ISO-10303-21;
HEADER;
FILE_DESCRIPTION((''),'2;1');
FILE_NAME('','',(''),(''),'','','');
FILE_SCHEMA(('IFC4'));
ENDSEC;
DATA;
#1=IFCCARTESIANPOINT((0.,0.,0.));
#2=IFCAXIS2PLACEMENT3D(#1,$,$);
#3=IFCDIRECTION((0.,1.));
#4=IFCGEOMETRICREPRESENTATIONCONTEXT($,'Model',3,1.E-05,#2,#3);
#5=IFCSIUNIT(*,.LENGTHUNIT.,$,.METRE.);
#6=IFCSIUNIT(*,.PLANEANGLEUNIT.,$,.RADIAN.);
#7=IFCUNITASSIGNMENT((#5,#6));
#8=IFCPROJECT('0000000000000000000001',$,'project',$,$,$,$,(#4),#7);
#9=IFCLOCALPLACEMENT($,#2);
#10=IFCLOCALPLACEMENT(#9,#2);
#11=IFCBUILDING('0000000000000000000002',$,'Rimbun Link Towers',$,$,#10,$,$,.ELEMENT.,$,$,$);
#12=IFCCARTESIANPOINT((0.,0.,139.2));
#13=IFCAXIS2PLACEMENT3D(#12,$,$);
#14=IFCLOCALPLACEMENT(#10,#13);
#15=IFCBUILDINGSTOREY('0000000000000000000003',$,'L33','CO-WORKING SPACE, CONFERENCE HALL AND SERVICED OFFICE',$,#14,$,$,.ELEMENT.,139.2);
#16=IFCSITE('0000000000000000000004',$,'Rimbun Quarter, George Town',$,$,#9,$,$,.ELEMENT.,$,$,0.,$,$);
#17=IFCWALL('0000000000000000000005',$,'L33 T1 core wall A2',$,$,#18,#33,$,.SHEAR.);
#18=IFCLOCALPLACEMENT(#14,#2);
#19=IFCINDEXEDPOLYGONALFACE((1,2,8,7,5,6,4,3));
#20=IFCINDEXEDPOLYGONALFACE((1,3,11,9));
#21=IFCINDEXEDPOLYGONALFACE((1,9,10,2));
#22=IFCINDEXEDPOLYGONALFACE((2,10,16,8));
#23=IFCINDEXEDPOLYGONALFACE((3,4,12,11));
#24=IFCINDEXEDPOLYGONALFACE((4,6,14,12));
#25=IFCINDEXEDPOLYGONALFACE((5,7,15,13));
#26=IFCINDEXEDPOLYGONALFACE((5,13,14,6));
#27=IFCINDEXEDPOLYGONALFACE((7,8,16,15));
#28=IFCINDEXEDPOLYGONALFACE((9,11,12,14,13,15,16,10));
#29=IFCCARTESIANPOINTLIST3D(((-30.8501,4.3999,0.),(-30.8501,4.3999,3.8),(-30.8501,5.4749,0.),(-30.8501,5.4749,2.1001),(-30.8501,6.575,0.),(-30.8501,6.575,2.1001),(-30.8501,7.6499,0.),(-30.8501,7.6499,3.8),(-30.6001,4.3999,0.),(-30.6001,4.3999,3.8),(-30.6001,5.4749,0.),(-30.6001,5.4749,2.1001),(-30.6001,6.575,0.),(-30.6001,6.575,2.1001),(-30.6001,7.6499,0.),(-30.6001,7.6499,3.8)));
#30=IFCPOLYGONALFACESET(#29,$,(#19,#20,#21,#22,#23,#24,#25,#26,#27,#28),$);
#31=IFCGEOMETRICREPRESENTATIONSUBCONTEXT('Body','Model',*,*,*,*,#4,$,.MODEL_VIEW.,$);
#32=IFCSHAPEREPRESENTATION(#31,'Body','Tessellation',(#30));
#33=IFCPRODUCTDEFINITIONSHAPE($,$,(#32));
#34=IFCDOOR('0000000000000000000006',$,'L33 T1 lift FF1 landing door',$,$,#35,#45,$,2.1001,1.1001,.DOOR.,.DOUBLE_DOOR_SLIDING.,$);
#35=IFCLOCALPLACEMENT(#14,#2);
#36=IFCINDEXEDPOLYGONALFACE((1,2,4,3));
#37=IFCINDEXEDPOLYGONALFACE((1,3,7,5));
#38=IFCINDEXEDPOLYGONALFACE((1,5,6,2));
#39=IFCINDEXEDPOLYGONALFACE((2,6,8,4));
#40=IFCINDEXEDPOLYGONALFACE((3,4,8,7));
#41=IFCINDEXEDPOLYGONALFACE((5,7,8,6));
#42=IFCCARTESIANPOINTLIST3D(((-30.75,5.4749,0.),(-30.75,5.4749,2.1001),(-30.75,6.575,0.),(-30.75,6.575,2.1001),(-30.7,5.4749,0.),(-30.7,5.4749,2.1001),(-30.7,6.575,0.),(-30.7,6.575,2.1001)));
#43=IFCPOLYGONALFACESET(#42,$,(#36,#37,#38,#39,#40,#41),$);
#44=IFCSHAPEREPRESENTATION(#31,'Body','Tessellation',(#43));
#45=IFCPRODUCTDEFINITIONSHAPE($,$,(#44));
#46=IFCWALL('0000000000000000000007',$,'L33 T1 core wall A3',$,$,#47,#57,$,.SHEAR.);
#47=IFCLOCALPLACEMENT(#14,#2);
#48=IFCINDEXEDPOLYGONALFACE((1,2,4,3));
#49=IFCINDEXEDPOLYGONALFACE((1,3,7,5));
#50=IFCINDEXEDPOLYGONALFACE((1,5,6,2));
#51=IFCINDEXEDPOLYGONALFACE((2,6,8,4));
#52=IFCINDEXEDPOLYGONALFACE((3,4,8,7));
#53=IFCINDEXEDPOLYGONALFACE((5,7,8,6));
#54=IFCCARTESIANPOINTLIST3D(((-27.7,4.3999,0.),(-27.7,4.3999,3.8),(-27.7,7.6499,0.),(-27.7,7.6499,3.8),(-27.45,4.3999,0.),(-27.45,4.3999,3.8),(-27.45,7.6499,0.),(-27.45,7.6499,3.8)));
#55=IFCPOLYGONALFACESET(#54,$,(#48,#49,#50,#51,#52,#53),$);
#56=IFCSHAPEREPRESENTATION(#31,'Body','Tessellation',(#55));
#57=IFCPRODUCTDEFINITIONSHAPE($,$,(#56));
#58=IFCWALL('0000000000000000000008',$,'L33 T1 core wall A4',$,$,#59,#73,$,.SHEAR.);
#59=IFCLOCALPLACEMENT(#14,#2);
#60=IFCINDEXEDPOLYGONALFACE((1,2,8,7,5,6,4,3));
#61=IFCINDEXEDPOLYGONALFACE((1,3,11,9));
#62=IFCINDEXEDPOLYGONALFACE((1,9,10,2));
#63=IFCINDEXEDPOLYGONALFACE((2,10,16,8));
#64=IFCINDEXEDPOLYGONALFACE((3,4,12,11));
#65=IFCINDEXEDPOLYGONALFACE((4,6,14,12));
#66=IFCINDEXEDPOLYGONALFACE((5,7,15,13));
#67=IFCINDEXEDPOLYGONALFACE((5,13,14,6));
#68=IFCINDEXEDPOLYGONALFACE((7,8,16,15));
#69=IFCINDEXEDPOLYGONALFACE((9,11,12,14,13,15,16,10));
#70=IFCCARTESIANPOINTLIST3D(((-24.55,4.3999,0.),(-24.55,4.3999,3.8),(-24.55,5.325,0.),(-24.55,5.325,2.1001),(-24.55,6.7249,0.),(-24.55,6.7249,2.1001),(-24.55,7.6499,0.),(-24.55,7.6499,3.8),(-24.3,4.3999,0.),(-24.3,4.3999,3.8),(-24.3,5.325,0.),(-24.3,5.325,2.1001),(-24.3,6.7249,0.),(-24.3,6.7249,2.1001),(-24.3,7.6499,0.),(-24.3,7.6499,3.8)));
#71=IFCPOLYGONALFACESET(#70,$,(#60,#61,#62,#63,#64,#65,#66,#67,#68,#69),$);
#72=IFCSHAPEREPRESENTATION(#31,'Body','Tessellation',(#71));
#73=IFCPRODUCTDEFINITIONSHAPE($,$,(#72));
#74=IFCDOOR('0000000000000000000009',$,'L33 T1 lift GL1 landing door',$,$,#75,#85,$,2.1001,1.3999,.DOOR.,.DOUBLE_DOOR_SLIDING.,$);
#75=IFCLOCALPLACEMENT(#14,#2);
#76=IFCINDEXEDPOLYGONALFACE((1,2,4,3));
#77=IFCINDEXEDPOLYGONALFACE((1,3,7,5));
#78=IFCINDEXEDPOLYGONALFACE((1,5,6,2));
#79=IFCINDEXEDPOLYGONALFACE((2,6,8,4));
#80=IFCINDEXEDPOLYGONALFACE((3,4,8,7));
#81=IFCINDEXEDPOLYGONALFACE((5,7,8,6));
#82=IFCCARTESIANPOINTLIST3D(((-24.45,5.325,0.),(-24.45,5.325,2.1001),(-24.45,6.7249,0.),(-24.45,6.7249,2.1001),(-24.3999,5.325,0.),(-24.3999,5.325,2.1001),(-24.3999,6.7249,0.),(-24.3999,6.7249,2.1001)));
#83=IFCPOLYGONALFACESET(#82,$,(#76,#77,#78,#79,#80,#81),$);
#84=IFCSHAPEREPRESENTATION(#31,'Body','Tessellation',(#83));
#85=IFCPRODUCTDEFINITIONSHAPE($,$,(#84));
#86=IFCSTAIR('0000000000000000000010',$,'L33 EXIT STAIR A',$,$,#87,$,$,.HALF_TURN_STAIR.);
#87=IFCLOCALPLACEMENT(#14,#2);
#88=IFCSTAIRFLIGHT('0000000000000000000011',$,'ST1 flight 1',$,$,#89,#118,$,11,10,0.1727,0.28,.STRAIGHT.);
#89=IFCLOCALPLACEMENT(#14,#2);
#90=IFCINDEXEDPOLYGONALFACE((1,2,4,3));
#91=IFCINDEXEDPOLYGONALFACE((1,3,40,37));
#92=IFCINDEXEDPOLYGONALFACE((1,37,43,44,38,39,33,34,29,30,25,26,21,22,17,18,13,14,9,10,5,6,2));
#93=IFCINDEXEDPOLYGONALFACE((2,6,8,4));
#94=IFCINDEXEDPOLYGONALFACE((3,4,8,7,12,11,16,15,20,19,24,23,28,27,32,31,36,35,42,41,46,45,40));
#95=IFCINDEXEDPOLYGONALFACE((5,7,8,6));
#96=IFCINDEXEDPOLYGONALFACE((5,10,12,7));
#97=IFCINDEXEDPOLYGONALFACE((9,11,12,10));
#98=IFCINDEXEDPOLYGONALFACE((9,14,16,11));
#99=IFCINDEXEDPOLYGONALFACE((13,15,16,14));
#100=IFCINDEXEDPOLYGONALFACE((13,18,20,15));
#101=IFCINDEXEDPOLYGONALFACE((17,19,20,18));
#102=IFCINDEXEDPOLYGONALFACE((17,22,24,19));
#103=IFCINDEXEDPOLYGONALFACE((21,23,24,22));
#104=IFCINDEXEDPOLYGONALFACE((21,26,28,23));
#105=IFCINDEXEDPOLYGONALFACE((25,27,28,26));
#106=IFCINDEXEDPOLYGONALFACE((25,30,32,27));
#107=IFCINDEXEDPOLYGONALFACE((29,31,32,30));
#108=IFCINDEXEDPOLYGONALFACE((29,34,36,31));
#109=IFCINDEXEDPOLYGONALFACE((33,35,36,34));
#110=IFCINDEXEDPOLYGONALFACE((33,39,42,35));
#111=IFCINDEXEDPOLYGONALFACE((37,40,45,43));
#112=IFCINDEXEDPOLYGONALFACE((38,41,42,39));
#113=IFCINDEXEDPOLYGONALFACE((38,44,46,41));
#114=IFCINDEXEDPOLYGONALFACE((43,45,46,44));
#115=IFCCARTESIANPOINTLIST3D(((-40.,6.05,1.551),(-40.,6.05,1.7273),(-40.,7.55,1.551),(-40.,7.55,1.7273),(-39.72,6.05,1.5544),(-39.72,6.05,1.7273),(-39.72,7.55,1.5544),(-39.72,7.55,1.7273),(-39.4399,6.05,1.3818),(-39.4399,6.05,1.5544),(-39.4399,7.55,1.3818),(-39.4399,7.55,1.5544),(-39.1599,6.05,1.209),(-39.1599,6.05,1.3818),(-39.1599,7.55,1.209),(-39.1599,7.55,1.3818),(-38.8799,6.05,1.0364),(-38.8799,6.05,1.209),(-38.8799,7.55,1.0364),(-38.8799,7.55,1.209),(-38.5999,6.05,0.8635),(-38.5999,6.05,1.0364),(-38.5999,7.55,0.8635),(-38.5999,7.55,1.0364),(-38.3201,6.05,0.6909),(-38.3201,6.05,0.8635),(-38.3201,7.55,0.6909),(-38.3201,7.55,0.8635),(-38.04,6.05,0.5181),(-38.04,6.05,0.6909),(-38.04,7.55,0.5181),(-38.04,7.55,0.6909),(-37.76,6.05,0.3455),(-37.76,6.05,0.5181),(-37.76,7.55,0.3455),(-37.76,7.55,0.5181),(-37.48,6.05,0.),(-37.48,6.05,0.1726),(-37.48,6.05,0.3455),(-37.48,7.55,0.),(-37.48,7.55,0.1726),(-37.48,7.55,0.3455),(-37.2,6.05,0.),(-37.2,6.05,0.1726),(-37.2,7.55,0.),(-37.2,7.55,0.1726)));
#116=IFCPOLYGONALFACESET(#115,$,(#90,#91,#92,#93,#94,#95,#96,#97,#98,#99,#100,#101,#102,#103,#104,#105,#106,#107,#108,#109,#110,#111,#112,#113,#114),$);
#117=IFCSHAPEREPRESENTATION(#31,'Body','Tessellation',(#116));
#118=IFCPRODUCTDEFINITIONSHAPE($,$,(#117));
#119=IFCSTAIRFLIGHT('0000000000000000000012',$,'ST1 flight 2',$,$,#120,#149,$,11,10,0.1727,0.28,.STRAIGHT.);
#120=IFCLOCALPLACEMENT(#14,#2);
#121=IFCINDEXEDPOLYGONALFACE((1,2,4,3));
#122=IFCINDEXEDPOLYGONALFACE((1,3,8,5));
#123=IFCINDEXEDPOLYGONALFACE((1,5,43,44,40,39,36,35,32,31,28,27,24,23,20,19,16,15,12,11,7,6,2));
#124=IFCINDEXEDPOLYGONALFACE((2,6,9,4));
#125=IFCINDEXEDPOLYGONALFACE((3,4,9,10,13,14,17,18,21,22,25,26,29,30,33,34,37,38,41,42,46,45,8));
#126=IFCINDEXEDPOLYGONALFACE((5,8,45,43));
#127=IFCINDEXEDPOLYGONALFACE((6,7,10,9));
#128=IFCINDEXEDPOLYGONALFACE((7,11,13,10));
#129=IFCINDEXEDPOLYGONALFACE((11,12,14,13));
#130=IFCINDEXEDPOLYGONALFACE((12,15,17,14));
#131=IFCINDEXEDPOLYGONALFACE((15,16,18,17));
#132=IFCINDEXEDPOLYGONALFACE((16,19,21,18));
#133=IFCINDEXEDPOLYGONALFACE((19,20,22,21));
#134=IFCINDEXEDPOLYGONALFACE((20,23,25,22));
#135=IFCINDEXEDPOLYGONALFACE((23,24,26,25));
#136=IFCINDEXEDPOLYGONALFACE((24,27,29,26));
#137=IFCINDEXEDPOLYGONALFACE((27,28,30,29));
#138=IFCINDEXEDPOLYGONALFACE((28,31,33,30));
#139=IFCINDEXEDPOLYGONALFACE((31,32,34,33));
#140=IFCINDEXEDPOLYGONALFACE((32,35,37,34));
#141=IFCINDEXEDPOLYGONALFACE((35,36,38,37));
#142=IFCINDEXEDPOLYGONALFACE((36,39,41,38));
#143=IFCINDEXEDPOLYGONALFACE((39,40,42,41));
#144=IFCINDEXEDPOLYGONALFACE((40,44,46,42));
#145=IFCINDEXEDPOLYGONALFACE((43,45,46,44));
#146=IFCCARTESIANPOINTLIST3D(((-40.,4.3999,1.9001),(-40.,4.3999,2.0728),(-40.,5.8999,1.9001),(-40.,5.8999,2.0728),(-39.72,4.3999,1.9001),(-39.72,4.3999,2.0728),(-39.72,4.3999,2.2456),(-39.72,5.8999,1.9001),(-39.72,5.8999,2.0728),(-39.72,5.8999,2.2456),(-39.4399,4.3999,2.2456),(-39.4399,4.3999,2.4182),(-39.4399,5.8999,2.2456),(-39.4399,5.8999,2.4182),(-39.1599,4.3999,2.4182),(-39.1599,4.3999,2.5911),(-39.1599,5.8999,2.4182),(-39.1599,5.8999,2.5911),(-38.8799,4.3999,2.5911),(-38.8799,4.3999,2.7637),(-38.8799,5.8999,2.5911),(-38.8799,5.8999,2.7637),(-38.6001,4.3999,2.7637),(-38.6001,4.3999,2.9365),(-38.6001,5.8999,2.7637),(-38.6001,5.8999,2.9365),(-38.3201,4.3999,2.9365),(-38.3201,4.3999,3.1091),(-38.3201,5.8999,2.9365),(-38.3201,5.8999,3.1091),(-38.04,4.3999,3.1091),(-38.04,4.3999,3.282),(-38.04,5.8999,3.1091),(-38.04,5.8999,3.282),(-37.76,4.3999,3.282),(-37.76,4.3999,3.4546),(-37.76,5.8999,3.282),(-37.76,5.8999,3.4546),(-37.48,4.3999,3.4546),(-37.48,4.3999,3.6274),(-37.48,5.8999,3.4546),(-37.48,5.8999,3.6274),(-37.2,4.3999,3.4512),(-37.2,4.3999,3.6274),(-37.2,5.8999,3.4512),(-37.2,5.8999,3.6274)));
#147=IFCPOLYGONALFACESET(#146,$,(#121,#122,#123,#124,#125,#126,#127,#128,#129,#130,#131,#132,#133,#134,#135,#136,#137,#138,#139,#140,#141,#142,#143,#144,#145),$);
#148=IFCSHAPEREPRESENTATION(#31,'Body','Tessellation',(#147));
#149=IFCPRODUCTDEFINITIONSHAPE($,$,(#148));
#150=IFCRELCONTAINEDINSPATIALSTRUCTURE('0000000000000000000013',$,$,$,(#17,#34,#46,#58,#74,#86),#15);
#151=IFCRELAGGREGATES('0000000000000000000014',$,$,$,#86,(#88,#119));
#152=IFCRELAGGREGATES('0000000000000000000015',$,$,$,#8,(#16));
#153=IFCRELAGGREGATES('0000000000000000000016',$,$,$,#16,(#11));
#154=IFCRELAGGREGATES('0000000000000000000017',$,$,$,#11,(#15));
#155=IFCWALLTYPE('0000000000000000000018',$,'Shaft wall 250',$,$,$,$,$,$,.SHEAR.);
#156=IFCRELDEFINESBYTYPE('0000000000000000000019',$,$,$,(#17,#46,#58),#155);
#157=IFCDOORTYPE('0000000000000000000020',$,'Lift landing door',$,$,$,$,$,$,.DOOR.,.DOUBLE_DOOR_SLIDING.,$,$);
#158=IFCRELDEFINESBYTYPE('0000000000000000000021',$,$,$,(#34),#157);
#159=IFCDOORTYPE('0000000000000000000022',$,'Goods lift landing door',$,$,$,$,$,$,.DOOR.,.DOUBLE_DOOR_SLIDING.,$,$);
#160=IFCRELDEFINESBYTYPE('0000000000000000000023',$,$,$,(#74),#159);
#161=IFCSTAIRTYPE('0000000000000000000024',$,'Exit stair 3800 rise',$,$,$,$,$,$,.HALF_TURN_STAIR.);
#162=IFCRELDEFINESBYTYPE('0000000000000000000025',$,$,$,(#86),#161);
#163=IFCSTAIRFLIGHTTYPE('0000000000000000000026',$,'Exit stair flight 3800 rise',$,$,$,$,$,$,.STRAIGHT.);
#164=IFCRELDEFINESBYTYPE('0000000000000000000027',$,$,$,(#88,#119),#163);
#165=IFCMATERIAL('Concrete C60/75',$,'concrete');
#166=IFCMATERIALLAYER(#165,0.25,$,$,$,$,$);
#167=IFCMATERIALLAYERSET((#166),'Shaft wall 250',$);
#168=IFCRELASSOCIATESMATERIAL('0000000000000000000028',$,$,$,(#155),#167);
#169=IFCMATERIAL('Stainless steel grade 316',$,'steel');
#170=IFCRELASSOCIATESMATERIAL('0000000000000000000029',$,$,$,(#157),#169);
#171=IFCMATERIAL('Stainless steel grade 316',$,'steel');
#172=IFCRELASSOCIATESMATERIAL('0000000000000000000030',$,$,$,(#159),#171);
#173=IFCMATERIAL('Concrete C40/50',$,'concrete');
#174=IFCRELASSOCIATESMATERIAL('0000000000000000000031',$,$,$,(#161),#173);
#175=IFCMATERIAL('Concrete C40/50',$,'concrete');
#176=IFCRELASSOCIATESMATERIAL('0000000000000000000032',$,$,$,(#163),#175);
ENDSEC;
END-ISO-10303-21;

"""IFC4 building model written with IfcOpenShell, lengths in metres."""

from ifc_helpers import new_model, si_unit, direction, frame, frame_2d, origin, place, context, subcontext, project, spatial, polyline, rectangle, outline, extrude, material, layer, layer_set, type_object, element, fill, aggregate, save


model = new_model("IFC4")

# Units and contexts
model_context = context("Model", 3, precision=1e-05, world=origin(), true_north=direction((0.0, 1.0)))
body_context = subcontext(model_context, "Body", "Model", "MODEL_VIEW")
ifc_project = project(units=[si_unit("LENGTHUNIT", "METRE"), si_unit("PLANEANGLEUNIT", "RADIAN")], contexts=[model_context])

# Site, building, storey
site_placement = place(None, origin())
site = spatial("IfcSite", under=ifc_project, at=site_placement, Name="Rimbun Quarter, George Town", CompositionType="ELEMENT", RefElevation=0.0)
building_placement = place(site_placement, origin())
building = spatial("IfcBuilding", under=site, at=building_placement, Name="Rimbun Link Towers", CompositionType="ELEMENT")
storey_placement = place(building_placement, frame((0.0, 0.0, 139.2)))
storey = spatial("IfcBuildingStorey", under=building, at=storey_placement, Name="L33", Description="CO-WORKING SPACE, CONFERENCE HALL AND SERVICED OFFICE", CompositionType="ELEMENT", Elevation=139.2)

# Shared definitions
ifc_material_1 = material(Name="Concrete C60/75", Category="concrete")
ifc_layer = layer(ifc_material_1, 0.25)
ifc_layer_set = layer_set([ifc_layer], Name="Shaft wall 250")
wall_type = type_object("IfcWallType", Name="Shaft wall 250", PredefinedType="SHEAR", material=ifc_layer_set)

# Wall, opening, door
wall_1_placement = place(storey_placement, frame((-30.7251, 4.3999, 0.0), z_axis=(0.0, 0.0, 1.0), x_axis=(0.0, 1.0, 0.0)))
wall_1 = element("IfcWall", 1, at=wall_1_placement, inside=storey, type_object=wall_type, Name="L33 T1 core wall A2", PredefinedType="SHEAR", context=body_context, shape_type="SweptSolid", body=[
    extrude(rectangle(XDim=3.25, YDim=0.25, at=frame_2d((1.625, 0.0))), origin(), (0.0, 0.0, 1.0), 3.8),
])
opening_1_placement = place(wall_1_placement, frame((1.075, 0.0, 0.0)))
opening_1 = element("IfcOpeningElement", 2, at=opening_1_placement, cuts=wall_1, PredefinedType="OPENING", context=body_context, shape_type="SweptSolid", body=[
    extrude(rectangle(XDim=1.1001, YDim=2.1001, at=frame_2d((0.55, 1.05))), frame((0.0, 0.135, 0.0), z_axis=(0.0, -1.0, 0.0), x_axis=(1.0, 0.0, 0.0)), (0.0, 0.0, 1.0), 0.27),
])
ifc_material_2 = material(Name="Stainless steel grade 316", Category="steel")
door_type_1 = type_object("IfcDoorType", Name="Lift landing door", OperationType="DOUBLE_DOOR_SLIDING", PredefinedType="DOOR", material=ifc_material_2)
door_1_placement = place(opening_1_placement, origin())
door_1 = element("IfcDoor", 3, at=door_1_placement, inside=storey, type_object=door_type_1, Name="L33 T1 lift FF1 landing door", OperationType="DOUBLE_DOOR_SLIDING", OverallHeight=2.1001, OverallWidth=1.1001, PredefinedType="DOOR", context=body_context, shape_type="SweptSolid", body=[
    extrude(rectangle(XDim=1.1001, YDim=2.1001, at=frame_2d((0.55, 1.05))), frame((0.0, 0.0249, 0.0), z_axis=(0.0, -1.0, 0.0), x_axis=(1.0, 0.0, 0.0)), (0.0, 0.0, 1.0), 0.05),
])
fill(opening_1, door_1)

# Wall
wall_2_placement = place(storey_placement, frame((-27.575, 4.3999, 0.0), z_axis=(0.0, 0.0, 1.0), x_axis=(0.0, 1.0, 0.0)))
element("IfcWall", 4, at=wall_2_placement, inside=storey, type_object=wall_type, Name="L33 T1 core wall A3", PredefinedType="SHEAR", context=body_context, shape_type="SweptSolid", body=[
    extrude(rectangle(XDim=3.25, YDim=0.25, at=frame_2d((1.625, 0.0))), origin(), (0.0, 0.0, 1.0), 3.8),
])

# Wall, opening, door
wall_3_placement = place(storey_placement, frame((-24.425, 4.3999, 0.0), z_axis=(0.0, 0.0, 1.0), x_axis=(0.0, 1.0, 0.0)))
wall_3 = element("IfcWall", 5, at=wall_3_placement, inside=storey, type_object=wall_type, Name="L33 T1 core wall A4", PredefinedType="SHEAR", context=body_context, shape_type="SweptSolid", body=[
    extrude(rectangle(XDim=3.25, YDim=0.25, at=frame_2d((1.625, 0.0))), origin(), (0.0, 0.0, 1.0), 3.8),
])
opening_2_placement = place(wall_3_placement, frame((0.925, 0.0, 0.0)))
opening_2 = element("IfcOpeningElement", 6, at=opening_2_placement, cuts=wall_3, PredefinedType="OPENING", context=body_context, shape_type="SweptSolid", body=[
    extrude(rectangle(XDim=1.3999, YDim=2.1001, at=frame_2d((0.7, 1.05))), frame((0.0, 0.135, 0.0), z_axis=(0.0, -1.0, 0.0), x_axis=(1.0, 0.0, 0.0)), (0.0, 0.0, 1.0), 0.27),
])
ifc_material_3 = material(Name="Stainless steel grade 316", Category="steel")
door_type_2 = type_object("IfcDoorType", Name="Goods lift landing door", OperationType="DOUBLE_DOOR_SLIDING", PredefinedType="DOOR", material=ifc_material_3)
door_2_placement = place(opening_2_placement, origin())
door_2 = element("IfcDoor", 7, at=door_2_placement, inside=storey, type_object=door_type_2, Name="L33 T1 lift GL1 landing door", OperationType="DOUBLE_DOOR_SLIDING", OverallHeight=2.1001, OverallWidth=1.3999, PredefinedType="DOOR", context=body_context, shape_type="SweptSolid", body=[
    extrude(rectangle(XDim=1.3999, YDim=2.1001, at=frame_2d((0.7, 1.05))), frame((0.0, 0.0249, 0.0), z_axis=(0.0, -1.0, 0.0), x_axis=(1.0, 0.0, 0.0)), (0.0, 0.0, 1.0), 0.05),
])
fill(opening_2, door_2)

# Stair, stair flights
ifc_material_4 = material(Name="Concrete C40/50", Category="concrete")
stair_type = type_object("IfcStairType", Name="Exit stair 3800 rise", PredefinedType="HALF_TURN_STAIR", material=ifc_material_4)
stair_placement = place(storey_placement, origin())
stair = element("IfcStair", 8, at=stair_placement, inside=storey, type_object=stair_type, Name="L33 EXIT STAIR A", PredefinedType="HALF_TURN_STAIR")
ifc_material_5 = material(Name="Concrete C40/50", Category="concrete")
stair_flight_type = type_object("IfcStairFlightType", Name="Exit stair flight 3800 rise", PredefinedType="STRAIGHT", material=ifc_material_5)
stair_flight_1_placement = place(storey_placement, frame((-37.2, 6.8, 0.0), z_axis=(0.0, 0.0, 1.0), x_axis=(-1.0, 0.0, 0.0)))
stair_flight_1 = element("IfcStairFlight", 9, at=stair_flight_1_placement, type_object=stair_flight_type, Name="ST1 flight 1", NumberOfRisers=11, NumberOfTreads=10, PredefinedType="STRAIGHT", RiserHeight=0.1727, TreadLength=0.28, context=body_context, shape_type="SweptSolid", body=[
    extrude(outline(polyline([(0.0, 0.0), (0.0, 0.1726), (0.28, 0.1726), (0.28, 0.3455), (0.5601, 0.3455), (0.5601, 0.5181), (0.8401, 0.5181), (0.8401, 0.6909), (1.1201, 0.6909), (1.1201, 0.8635), (1.3999, 0.8635), (1.3999, 1.0364), (1.6799, 1.0364), (1.6799, 1.209), (1.96, 1.209), (1.96, 1.3818), (2.24, 1.3818), (2.24, 1.5544), (2.52, 1.5544), (2.52, 1.7273), (2.8, 1.7273), (2.8, 1.8999), (2.8, 1.551), (0.28, 0.0), (0.0, 0.0)])), frame((0.0, 0.75, 0.0), z_axis=(0.0, -1.0, 0.0), x_axis=(1.0, 0.0, 0.0)), (0.0, 0.0, 1.0), 1.5),
])
stair_flight_2_placement = place(storey_placement, frame((-40.0, 5.1499, 1.9001), z_axis=(0.0, 0.0, 1.0), x_axis=(1.0, 0.0, 0.0)))
stair_flight_2 = element("IfcStairFlight", 10, at=stair_flight_2_placement, type_object=stair_flight_type, Name="ST1 flight 2", NumberOfRisers=11, NumberOfTreads=10, PredefinedType="STRAIGHT", RiserHeight=0.1727, TreadLength=0.28, context=body_context, shape_type="SweptSolid", body=[
    extrude(outline(polyline([(0.0, 0.0), (0.0, 0.1726), (0.28, 0.1726), (0.28, 0.3455), (0.5601, 0.3455), (0.5601, 0.5181), (0.8401, 0.5181), (0.8401, 0.6909), (1.1201, 0.6909), (1.1201, 0.8635), (1.3999, 0.8635), (1.3999, 1.0364), (1.6799, 1.0364), (1.6799, 1.209), (1.96, 1.209), (1.96, 1.3818), (2.24, 1.3818), (2.24, 1.5544), (2.52, 1.5544), (2.52, 1.7273), (2.8, 1.7273), (2.8, 1.8999), (2.8, 1.551), (0.28, 0.0), (0.0, 0.0)])), frame((0.0, 0.75, 0.0), z_axis=(0.0, -1.0, 0.0), x_axis=(1.0, 0.0, 0.0)), (0.0, 0.0, 1.0), 1.5),
])
aggregate(stair, [stair_flight_1, stair_flight_2])

save(model, "model.ifc")
